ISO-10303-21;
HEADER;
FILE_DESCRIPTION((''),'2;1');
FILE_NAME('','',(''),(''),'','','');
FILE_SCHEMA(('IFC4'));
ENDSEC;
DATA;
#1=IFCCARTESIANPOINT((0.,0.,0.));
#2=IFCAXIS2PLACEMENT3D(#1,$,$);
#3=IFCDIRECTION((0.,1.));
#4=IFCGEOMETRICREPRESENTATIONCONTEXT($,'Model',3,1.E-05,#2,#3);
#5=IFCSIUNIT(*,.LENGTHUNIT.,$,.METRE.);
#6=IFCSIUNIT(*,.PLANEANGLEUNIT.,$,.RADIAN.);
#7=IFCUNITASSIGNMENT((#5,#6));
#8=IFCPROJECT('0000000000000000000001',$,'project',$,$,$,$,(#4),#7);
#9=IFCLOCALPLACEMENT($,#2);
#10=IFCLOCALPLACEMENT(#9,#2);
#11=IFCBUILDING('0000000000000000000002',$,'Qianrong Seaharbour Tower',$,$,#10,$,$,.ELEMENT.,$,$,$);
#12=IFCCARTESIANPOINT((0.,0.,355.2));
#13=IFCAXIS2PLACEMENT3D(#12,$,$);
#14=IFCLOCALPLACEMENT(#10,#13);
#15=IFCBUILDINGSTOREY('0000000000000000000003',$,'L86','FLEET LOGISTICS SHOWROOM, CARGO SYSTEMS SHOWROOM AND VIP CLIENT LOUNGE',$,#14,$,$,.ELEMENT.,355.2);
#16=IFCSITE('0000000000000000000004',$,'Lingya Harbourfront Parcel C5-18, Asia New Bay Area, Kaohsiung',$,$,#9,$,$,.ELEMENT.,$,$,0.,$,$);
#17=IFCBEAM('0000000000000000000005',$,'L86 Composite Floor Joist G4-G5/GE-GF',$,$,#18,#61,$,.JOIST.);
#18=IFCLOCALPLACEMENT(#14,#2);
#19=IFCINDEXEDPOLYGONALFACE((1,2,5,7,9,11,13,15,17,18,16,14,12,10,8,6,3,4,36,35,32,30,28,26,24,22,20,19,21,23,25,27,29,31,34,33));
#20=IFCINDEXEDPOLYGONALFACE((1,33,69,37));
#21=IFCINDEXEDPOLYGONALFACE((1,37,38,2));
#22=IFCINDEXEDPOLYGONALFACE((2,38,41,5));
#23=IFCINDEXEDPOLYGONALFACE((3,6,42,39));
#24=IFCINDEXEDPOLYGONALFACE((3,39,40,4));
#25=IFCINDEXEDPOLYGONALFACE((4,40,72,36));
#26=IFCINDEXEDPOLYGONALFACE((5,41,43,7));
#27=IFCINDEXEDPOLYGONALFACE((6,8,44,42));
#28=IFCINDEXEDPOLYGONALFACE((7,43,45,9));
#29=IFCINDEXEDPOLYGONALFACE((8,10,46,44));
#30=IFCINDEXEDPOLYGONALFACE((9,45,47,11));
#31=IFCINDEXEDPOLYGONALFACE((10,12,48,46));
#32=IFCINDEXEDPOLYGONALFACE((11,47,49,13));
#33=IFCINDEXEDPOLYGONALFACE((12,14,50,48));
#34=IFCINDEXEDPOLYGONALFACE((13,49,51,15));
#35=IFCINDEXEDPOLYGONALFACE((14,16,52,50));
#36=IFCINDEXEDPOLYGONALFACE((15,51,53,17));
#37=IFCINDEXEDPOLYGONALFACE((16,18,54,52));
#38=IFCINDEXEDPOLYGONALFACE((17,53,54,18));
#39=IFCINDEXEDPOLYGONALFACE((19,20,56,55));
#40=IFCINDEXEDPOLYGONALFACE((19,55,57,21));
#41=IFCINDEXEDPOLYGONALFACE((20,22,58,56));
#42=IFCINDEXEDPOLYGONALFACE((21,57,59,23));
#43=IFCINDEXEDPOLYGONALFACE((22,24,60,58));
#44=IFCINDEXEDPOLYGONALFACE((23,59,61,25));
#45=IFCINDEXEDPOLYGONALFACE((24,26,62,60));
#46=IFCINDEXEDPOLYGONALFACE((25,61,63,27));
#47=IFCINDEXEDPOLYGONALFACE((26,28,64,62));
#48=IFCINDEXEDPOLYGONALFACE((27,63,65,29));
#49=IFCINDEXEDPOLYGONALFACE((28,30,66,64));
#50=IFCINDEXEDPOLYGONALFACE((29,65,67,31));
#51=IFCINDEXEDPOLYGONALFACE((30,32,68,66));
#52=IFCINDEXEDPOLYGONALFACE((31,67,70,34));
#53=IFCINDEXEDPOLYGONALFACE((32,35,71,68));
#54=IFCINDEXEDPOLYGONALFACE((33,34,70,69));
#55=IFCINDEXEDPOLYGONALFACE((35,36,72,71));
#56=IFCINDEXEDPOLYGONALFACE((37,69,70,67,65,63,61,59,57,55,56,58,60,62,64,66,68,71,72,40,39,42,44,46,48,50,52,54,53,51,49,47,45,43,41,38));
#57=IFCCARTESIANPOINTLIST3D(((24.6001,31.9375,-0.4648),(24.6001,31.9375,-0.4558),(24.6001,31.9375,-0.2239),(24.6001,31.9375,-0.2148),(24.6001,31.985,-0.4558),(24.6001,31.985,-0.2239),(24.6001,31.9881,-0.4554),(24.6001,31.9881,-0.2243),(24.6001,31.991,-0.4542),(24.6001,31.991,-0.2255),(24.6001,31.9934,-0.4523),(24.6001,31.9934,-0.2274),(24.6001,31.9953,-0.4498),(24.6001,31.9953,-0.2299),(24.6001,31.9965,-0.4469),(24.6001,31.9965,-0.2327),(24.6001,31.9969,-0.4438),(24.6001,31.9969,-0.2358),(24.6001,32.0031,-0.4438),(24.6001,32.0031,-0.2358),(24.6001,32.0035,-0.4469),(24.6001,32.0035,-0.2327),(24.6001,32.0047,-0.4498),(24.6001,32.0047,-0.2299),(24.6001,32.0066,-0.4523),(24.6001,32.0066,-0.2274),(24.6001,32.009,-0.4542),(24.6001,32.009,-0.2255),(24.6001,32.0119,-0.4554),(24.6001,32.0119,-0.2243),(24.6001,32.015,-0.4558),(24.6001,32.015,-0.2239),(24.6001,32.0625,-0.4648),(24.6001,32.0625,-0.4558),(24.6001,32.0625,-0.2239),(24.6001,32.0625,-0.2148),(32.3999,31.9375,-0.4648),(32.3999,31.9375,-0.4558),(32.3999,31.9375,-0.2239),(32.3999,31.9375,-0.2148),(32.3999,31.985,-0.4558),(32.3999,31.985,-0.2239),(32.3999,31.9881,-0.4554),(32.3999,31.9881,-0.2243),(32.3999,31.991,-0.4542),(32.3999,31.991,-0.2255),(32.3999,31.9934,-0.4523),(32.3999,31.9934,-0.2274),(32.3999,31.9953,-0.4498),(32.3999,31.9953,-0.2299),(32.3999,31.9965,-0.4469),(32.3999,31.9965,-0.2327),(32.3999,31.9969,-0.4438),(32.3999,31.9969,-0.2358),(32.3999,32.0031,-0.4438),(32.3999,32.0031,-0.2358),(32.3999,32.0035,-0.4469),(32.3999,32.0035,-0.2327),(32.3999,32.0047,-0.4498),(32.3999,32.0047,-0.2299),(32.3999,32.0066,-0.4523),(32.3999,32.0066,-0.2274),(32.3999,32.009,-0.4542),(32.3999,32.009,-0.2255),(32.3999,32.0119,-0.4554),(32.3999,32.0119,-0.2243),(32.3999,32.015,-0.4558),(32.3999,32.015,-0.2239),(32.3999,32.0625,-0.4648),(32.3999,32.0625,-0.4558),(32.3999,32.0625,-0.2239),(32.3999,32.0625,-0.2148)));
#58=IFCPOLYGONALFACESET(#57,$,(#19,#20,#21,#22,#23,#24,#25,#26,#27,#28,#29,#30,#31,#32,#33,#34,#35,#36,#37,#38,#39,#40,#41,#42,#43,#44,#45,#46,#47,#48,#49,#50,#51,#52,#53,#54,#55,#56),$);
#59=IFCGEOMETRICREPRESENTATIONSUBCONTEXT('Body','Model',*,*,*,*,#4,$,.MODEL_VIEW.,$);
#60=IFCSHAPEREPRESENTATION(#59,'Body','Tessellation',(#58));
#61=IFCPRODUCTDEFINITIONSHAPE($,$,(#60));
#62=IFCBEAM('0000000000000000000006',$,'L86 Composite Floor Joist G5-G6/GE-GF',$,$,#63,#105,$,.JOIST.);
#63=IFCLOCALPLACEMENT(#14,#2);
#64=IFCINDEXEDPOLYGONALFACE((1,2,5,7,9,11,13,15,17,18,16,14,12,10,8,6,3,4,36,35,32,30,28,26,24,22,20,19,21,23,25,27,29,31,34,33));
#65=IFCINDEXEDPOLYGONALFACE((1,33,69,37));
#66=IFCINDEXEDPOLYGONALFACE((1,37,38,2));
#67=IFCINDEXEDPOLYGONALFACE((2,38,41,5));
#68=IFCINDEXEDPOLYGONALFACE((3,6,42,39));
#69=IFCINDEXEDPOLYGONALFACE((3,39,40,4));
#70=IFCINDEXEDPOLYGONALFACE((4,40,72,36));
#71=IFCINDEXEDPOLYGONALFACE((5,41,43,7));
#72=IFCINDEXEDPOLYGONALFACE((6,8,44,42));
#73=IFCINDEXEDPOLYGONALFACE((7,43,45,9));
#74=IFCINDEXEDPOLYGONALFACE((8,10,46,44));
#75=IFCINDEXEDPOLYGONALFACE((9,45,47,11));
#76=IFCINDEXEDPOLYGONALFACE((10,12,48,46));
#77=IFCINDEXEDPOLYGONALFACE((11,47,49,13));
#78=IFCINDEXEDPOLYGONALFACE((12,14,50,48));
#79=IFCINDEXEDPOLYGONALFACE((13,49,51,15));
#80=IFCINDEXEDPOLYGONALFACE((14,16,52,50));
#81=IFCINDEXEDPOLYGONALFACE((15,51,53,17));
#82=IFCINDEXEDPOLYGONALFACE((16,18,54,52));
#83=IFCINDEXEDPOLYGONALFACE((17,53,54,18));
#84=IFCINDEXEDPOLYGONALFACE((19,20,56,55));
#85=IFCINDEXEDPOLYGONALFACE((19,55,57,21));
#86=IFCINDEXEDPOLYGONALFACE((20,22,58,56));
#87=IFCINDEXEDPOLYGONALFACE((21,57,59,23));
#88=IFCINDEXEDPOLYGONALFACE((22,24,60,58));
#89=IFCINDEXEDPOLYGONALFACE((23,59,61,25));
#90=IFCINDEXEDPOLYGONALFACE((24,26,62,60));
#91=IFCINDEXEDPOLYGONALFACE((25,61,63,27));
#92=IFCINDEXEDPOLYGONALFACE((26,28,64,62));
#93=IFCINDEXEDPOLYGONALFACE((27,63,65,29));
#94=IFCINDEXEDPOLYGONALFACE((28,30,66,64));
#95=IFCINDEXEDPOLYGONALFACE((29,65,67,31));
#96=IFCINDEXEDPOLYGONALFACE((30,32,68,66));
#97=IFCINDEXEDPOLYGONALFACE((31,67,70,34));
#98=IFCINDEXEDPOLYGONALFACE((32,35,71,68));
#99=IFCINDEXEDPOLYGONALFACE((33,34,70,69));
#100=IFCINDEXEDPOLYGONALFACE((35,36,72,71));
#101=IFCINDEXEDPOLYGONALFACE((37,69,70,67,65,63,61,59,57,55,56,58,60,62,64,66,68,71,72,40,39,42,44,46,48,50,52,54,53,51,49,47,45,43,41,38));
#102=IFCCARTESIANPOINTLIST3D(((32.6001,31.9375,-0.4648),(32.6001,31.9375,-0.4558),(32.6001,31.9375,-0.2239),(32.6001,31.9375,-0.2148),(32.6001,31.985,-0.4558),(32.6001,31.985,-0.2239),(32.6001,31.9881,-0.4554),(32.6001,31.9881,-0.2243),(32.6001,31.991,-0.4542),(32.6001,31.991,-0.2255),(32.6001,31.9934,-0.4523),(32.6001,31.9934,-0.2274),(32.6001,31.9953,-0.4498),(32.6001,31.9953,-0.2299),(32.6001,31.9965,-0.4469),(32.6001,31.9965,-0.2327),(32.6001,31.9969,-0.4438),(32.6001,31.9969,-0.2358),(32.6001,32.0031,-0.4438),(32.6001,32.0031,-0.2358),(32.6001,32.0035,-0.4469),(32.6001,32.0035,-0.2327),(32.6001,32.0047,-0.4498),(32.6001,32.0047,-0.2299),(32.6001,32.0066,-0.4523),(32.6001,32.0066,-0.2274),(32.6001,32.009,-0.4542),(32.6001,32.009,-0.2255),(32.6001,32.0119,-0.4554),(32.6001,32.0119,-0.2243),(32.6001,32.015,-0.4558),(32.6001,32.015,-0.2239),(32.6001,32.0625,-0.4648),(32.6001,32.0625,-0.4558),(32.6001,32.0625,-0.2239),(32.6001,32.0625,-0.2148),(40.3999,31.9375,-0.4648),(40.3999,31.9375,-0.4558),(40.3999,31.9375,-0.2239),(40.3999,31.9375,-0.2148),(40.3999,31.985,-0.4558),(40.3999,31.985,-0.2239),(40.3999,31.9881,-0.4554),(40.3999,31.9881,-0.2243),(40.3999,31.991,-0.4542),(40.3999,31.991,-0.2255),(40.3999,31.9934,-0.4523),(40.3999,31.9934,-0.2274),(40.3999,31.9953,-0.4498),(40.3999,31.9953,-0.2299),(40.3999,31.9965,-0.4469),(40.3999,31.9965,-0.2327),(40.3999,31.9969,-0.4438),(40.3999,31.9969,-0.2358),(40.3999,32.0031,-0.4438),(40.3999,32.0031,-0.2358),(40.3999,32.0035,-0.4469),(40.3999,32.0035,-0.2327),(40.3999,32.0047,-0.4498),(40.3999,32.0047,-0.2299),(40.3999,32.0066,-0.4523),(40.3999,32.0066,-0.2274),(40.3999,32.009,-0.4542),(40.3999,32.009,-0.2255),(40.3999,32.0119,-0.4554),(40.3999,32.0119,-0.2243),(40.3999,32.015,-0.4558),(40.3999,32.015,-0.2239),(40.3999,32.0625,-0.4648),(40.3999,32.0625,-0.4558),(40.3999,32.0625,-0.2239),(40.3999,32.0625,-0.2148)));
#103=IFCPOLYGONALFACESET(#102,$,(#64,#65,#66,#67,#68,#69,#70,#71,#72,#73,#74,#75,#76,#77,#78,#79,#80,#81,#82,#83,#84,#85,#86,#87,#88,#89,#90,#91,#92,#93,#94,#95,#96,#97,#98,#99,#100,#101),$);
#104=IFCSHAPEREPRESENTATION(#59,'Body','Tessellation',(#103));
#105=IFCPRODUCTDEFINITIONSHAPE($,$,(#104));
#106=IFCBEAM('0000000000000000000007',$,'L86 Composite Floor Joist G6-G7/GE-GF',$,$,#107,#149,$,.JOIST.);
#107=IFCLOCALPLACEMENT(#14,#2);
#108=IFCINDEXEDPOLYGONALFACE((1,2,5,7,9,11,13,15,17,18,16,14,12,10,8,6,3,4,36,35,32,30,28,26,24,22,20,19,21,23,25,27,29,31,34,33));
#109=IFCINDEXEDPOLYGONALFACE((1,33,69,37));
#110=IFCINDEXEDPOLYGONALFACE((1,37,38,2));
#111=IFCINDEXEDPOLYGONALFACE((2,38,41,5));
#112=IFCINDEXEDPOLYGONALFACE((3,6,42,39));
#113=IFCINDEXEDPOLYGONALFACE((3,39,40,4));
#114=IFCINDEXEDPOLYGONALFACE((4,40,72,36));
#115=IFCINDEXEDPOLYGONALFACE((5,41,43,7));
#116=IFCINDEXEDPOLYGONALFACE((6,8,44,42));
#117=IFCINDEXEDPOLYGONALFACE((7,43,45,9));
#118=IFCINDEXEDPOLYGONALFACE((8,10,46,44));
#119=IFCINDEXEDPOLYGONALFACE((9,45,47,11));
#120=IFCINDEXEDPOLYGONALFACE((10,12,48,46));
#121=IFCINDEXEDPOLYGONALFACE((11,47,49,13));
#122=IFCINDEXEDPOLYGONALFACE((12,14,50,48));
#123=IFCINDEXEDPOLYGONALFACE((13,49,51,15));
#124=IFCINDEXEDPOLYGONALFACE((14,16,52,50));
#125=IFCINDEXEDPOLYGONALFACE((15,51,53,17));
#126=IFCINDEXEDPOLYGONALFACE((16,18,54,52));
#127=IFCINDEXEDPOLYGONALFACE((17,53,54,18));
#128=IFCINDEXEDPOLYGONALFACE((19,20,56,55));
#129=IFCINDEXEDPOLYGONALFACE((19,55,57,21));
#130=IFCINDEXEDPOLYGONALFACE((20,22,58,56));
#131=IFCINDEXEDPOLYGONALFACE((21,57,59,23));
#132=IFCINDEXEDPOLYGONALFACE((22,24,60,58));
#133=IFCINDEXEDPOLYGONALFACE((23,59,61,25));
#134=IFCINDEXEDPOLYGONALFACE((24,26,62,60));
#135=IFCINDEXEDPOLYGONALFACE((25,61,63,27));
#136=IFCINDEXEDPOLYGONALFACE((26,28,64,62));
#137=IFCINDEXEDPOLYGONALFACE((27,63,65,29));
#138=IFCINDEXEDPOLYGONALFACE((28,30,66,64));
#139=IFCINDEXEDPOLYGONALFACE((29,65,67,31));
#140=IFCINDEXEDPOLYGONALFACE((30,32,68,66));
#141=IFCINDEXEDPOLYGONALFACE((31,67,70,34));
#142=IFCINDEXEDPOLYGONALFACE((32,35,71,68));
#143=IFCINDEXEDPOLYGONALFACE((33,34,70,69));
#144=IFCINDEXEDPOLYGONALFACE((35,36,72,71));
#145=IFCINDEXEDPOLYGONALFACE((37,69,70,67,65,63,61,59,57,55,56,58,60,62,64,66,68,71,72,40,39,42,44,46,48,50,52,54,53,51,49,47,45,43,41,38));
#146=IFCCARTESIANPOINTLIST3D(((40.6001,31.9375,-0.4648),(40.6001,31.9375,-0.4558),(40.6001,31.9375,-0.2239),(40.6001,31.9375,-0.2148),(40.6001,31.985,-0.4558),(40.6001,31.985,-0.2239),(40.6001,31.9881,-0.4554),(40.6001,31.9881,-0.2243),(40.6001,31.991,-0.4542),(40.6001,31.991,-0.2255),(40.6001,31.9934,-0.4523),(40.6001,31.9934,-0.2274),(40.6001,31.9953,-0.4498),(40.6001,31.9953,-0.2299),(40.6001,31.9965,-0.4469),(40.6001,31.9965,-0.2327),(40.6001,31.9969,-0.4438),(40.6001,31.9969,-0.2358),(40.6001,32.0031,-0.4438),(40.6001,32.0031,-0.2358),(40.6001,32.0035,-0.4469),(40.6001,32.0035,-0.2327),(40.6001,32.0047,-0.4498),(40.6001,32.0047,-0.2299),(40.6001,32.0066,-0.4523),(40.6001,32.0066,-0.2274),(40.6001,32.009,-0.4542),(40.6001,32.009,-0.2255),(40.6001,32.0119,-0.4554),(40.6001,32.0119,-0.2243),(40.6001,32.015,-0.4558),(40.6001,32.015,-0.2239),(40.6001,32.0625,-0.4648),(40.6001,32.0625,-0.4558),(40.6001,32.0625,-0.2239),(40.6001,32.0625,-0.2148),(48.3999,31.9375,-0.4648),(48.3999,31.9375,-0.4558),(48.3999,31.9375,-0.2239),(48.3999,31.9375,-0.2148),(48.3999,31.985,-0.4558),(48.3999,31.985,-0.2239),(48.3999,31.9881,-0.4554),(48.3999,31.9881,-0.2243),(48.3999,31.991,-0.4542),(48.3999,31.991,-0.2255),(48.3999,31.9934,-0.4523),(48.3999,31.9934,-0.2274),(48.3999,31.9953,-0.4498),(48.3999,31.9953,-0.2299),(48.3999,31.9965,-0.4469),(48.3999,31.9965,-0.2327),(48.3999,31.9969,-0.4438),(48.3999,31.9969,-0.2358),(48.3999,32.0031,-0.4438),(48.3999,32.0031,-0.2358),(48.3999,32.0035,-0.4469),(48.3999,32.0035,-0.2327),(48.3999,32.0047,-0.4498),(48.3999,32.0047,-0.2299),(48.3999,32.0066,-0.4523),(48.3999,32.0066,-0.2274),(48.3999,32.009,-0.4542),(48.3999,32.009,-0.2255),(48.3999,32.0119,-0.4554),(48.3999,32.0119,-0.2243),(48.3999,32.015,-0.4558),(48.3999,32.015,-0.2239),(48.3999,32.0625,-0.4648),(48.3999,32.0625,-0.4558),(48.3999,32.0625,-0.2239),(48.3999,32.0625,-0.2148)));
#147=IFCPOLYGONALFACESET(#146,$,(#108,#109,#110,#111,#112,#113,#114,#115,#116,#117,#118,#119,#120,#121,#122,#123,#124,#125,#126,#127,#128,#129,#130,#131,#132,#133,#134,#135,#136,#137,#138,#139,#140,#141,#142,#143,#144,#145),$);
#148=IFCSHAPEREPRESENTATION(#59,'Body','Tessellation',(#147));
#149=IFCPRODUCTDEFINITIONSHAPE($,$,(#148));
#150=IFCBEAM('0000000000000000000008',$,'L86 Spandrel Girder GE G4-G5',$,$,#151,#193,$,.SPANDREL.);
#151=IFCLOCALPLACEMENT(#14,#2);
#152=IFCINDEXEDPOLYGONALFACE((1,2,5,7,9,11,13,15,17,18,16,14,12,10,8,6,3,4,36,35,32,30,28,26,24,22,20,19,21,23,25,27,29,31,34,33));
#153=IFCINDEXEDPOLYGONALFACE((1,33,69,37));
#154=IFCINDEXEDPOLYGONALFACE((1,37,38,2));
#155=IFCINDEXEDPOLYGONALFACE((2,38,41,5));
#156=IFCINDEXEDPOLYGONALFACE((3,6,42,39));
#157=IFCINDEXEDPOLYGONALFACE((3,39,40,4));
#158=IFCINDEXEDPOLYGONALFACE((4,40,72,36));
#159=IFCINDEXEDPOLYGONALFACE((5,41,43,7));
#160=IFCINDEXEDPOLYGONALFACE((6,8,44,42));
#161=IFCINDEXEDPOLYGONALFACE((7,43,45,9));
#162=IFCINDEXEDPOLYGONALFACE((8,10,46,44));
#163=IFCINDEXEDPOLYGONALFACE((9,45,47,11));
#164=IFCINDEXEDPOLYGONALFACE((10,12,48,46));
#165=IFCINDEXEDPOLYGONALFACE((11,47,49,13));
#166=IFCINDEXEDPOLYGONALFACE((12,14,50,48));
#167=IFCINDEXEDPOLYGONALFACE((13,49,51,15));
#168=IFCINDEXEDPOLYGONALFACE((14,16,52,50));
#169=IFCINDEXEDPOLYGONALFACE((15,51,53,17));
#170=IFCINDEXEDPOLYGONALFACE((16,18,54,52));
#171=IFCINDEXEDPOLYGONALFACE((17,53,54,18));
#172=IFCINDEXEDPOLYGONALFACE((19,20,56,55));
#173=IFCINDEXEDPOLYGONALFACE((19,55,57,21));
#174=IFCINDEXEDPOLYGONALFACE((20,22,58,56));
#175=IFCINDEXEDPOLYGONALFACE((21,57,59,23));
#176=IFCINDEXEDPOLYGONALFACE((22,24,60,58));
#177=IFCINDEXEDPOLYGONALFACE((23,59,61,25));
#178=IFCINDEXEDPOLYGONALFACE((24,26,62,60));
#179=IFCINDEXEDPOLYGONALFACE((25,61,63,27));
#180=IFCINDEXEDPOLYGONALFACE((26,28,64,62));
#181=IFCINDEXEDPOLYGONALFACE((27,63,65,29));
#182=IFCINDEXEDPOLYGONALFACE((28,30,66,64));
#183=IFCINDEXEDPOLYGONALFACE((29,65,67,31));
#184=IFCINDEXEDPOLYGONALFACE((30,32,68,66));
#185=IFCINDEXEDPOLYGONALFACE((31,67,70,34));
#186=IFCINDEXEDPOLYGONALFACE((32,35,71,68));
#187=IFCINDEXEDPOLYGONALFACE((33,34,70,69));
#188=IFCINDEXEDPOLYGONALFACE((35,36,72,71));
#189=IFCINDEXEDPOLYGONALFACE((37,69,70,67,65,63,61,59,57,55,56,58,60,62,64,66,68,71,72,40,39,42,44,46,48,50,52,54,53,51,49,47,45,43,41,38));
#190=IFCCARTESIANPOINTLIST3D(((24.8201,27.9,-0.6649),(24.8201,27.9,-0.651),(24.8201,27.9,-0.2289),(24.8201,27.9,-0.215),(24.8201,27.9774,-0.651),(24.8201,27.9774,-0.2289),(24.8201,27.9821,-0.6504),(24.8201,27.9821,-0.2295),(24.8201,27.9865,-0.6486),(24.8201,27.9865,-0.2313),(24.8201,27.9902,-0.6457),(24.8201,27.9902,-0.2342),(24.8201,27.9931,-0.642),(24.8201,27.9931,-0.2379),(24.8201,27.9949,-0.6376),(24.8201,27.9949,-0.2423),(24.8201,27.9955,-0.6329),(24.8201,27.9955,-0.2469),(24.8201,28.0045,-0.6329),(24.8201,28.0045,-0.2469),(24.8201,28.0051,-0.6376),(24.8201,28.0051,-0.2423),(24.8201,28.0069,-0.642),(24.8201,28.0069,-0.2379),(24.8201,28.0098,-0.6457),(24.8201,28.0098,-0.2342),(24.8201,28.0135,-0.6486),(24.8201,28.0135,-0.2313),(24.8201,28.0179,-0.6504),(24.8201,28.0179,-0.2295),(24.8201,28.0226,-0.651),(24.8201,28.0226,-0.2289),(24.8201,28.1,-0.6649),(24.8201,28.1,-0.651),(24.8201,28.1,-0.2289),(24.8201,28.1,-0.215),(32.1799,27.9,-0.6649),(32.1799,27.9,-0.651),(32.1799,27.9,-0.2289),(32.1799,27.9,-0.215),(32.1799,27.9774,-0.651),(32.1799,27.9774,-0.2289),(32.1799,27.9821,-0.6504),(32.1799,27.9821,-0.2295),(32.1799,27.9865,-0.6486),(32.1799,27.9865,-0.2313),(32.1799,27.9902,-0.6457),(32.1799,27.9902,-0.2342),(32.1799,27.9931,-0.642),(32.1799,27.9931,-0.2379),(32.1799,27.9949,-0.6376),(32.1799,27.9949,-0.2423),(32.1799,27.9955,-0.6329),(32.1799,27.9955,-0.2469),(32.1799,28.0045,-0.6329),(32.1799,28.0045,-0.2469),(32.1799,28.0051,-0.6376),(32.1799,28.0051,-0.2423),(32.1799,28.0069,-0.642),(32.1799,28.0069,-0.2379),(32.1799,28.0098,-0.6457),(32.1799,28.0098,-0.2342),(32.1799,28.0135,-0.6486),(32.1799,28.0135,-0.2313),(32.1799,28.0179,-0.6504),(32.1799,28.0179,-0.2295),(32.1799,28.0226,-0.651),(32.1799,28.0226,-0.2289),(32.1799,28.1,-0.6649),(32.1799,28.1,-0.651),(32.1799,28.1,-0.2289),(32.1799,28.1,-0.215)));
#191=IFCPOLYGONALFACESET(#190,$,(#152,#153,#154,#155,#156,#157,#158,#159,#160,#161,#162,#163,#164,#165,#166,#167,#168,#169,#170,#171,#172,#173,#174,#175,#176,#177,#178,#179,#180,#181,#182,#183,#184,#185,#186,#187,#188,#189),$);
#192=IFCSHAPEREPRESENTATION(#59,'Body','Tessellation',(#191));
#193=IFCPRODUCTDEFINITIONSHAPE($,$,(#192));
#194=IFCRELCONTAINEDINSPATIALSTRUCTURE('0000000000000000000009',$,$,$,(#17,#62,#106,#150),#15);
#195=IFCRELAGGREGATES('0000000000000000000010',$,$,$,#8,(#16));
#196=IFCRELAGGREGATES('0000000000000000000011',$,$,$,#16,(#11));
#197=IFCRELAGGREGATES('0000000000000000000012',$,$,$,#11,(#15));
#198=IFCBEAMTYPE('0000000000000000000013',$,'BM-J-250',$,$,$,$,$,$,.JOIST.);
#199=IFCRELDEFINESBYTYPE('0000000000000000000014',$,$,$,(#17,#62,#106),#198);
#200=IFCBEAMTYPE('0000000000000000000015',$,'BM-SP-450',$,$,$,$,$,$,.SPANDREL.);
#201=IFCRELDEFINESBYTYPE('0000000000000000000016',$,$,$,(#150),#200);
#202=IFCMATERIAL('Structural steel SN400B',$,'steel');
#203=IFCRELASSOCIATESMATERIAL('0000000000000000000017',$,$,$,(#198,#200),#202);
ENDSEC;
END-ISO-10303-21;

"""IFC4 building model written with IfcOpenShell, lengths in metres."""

from ifc_helpers import new_model, si_unit, direction, frame, origin, origin_2d, place, context, subcontext, project, spatial, i_section, extrude, material, material_profile, profile_set, type_object, element, save


model = new_model("IFC4")

# Units and contexts
model_context = context("Model", 3, precision=1e-05, world=origin(), true_north=direction((0.0, 1.0)))
body_context = subcontext(model_context, "Body", "Model", "MODEL_VIEW")
ifc_project = project(units=[si_unit("LENGTHUNIT", "METRE"), si_unit("PLANEANGLEUNIT", "RADIAN")], contexts=[model_context])

# Site, building, storey
site_placement = place(None, origin())
site = spatial("IfcSite", under=ifc_project, at=site_placement, Name="Lingya Harbourfront Parcel C5-18, Asia New Bay Area, Kaohsiung", CompositionType="ELEMENT", RefElevation=0.0)
building_placement = place(site_placement, origin())
building = spatial("IfcBuilding", under=site, at=building_placement, Name="Qianrong Seaharbour Tower", CompositionType="ELEMENT")
storey_placement = place(building_placement, frame((0.0, 0.0, 355.2)))
storey = spatial("IfcBuildingStorey", under=building, at=storey_placement, Name="L86", Description="FLEET LOGISTICS SHOWROOM, CARGO SYSTEMS SHOWROOM AND VIP CLIENT LOUNGE", CompositionType="ELEMENT", Elevation=355.2)

# Shared definitions
ifc_material_1 = material(Name="Structural steel SN400B", Category="steel")

# Beams
ifc_material_profile_1 = material_profile(ifc_material_1, i_section(OverallWidth=0.125, OverallDepth=0.25, WebThickness=0.0061, FlangeThickness=0.009, FilletRadius=0.012, at=origin_2d()), Name="H250x125x6x9")
ifc_profile_set_1 = profile_set([ifc_material_profile_1], Name="Structural steel SN400B")
beam_type_1 = type_object("IfcBeamType", Name="BM-J-250", PredefinedType="JOIST", material=ifc_profile_set_1)
for number, where, z_axis, x_axis, name in (
    (1, (24.6001, 32.0, -0.3398), (1.0, 0.0, 0.0), (0.0, 1.0, 0.0), "L86 Composite Floor Joist G4-G5/GE-GF"),
    (2, (32.6001, 32.0, -0.3398), (1.0, 0.0, 0.0), (0.0, 1.0, 0.0), "L86 Composite Floor Joist G5-G6/GE-GF"),
    (3, (40.6001, 32.0, -0.3398), (1.0, 0.0, 0.0), (0.0, 1.0, 0.0), "L86 Composite Floor Joist G6-G7/GE-GF"),
):
    element("IfcBeam", number, at=place(storey_placement, frame(where, z_axis=z_axis, x_axis=x_axis)), inside=storey, type_object=beam_type_1, Name=name, PredefinedType="JOIST", context=body_context, shape_type="SweptSolid", body=[
        extrude(i_section(OverallWidth=0.125, OverallDepth=0.25, WebThickness=0.0061, FlangeThickness=0.009, FilletRadius=0.012, at=origin_2d()), origin(), (0.0, 0.0, 1.0), 7.7998),
    ])
ifc_material_profile_2 = material_profile(ifc_material_1, i_section(OverallWidth=0.2, OverallDepth=0.45, WebThickness=0.009, FlangeThickness=0.0139, FilletRadius=0.0181, at=origin_2d()), Name="H450x200x9x14")
ifc_profile_set_2 = profile_set([ifc_material_profile_2], Name="Structural steel SN400B")
beam_type_2 = type_object("IfcBeamType", Name="BM-SP-450", PredefinedType="SPANDREL", material=ifc_profile_set_2)
for number, where, z_axis, x_axis, name in (
    (4, (24.8201, 28.0, -0.4399), (1.0, 0.0, 0.0), (0.0, 1.0, 0.0), "L86 Spandrel Girder GE G4-G5"),
):
    element("IfcBeam", number, at=place(storey_placement, frame(where, z_axis=z_axis, x_axis=x_axis)), inside=storey, type_object=beam_type_2, Name=name, PredefinedType="SPANDREL", context=body_context, shape_type="SweptSolid", body=[
        extrude(i_section(OverallWidth=0.2, OverallDepth=0.45, WebThickness=0.009, FlangeThickness=0.0139, FilletRadius=0.0181, at=origin_2d()), origin(), (0.0, 0.0, 1.0), 7.3599),
    ])

save(model, "model.ifc")
